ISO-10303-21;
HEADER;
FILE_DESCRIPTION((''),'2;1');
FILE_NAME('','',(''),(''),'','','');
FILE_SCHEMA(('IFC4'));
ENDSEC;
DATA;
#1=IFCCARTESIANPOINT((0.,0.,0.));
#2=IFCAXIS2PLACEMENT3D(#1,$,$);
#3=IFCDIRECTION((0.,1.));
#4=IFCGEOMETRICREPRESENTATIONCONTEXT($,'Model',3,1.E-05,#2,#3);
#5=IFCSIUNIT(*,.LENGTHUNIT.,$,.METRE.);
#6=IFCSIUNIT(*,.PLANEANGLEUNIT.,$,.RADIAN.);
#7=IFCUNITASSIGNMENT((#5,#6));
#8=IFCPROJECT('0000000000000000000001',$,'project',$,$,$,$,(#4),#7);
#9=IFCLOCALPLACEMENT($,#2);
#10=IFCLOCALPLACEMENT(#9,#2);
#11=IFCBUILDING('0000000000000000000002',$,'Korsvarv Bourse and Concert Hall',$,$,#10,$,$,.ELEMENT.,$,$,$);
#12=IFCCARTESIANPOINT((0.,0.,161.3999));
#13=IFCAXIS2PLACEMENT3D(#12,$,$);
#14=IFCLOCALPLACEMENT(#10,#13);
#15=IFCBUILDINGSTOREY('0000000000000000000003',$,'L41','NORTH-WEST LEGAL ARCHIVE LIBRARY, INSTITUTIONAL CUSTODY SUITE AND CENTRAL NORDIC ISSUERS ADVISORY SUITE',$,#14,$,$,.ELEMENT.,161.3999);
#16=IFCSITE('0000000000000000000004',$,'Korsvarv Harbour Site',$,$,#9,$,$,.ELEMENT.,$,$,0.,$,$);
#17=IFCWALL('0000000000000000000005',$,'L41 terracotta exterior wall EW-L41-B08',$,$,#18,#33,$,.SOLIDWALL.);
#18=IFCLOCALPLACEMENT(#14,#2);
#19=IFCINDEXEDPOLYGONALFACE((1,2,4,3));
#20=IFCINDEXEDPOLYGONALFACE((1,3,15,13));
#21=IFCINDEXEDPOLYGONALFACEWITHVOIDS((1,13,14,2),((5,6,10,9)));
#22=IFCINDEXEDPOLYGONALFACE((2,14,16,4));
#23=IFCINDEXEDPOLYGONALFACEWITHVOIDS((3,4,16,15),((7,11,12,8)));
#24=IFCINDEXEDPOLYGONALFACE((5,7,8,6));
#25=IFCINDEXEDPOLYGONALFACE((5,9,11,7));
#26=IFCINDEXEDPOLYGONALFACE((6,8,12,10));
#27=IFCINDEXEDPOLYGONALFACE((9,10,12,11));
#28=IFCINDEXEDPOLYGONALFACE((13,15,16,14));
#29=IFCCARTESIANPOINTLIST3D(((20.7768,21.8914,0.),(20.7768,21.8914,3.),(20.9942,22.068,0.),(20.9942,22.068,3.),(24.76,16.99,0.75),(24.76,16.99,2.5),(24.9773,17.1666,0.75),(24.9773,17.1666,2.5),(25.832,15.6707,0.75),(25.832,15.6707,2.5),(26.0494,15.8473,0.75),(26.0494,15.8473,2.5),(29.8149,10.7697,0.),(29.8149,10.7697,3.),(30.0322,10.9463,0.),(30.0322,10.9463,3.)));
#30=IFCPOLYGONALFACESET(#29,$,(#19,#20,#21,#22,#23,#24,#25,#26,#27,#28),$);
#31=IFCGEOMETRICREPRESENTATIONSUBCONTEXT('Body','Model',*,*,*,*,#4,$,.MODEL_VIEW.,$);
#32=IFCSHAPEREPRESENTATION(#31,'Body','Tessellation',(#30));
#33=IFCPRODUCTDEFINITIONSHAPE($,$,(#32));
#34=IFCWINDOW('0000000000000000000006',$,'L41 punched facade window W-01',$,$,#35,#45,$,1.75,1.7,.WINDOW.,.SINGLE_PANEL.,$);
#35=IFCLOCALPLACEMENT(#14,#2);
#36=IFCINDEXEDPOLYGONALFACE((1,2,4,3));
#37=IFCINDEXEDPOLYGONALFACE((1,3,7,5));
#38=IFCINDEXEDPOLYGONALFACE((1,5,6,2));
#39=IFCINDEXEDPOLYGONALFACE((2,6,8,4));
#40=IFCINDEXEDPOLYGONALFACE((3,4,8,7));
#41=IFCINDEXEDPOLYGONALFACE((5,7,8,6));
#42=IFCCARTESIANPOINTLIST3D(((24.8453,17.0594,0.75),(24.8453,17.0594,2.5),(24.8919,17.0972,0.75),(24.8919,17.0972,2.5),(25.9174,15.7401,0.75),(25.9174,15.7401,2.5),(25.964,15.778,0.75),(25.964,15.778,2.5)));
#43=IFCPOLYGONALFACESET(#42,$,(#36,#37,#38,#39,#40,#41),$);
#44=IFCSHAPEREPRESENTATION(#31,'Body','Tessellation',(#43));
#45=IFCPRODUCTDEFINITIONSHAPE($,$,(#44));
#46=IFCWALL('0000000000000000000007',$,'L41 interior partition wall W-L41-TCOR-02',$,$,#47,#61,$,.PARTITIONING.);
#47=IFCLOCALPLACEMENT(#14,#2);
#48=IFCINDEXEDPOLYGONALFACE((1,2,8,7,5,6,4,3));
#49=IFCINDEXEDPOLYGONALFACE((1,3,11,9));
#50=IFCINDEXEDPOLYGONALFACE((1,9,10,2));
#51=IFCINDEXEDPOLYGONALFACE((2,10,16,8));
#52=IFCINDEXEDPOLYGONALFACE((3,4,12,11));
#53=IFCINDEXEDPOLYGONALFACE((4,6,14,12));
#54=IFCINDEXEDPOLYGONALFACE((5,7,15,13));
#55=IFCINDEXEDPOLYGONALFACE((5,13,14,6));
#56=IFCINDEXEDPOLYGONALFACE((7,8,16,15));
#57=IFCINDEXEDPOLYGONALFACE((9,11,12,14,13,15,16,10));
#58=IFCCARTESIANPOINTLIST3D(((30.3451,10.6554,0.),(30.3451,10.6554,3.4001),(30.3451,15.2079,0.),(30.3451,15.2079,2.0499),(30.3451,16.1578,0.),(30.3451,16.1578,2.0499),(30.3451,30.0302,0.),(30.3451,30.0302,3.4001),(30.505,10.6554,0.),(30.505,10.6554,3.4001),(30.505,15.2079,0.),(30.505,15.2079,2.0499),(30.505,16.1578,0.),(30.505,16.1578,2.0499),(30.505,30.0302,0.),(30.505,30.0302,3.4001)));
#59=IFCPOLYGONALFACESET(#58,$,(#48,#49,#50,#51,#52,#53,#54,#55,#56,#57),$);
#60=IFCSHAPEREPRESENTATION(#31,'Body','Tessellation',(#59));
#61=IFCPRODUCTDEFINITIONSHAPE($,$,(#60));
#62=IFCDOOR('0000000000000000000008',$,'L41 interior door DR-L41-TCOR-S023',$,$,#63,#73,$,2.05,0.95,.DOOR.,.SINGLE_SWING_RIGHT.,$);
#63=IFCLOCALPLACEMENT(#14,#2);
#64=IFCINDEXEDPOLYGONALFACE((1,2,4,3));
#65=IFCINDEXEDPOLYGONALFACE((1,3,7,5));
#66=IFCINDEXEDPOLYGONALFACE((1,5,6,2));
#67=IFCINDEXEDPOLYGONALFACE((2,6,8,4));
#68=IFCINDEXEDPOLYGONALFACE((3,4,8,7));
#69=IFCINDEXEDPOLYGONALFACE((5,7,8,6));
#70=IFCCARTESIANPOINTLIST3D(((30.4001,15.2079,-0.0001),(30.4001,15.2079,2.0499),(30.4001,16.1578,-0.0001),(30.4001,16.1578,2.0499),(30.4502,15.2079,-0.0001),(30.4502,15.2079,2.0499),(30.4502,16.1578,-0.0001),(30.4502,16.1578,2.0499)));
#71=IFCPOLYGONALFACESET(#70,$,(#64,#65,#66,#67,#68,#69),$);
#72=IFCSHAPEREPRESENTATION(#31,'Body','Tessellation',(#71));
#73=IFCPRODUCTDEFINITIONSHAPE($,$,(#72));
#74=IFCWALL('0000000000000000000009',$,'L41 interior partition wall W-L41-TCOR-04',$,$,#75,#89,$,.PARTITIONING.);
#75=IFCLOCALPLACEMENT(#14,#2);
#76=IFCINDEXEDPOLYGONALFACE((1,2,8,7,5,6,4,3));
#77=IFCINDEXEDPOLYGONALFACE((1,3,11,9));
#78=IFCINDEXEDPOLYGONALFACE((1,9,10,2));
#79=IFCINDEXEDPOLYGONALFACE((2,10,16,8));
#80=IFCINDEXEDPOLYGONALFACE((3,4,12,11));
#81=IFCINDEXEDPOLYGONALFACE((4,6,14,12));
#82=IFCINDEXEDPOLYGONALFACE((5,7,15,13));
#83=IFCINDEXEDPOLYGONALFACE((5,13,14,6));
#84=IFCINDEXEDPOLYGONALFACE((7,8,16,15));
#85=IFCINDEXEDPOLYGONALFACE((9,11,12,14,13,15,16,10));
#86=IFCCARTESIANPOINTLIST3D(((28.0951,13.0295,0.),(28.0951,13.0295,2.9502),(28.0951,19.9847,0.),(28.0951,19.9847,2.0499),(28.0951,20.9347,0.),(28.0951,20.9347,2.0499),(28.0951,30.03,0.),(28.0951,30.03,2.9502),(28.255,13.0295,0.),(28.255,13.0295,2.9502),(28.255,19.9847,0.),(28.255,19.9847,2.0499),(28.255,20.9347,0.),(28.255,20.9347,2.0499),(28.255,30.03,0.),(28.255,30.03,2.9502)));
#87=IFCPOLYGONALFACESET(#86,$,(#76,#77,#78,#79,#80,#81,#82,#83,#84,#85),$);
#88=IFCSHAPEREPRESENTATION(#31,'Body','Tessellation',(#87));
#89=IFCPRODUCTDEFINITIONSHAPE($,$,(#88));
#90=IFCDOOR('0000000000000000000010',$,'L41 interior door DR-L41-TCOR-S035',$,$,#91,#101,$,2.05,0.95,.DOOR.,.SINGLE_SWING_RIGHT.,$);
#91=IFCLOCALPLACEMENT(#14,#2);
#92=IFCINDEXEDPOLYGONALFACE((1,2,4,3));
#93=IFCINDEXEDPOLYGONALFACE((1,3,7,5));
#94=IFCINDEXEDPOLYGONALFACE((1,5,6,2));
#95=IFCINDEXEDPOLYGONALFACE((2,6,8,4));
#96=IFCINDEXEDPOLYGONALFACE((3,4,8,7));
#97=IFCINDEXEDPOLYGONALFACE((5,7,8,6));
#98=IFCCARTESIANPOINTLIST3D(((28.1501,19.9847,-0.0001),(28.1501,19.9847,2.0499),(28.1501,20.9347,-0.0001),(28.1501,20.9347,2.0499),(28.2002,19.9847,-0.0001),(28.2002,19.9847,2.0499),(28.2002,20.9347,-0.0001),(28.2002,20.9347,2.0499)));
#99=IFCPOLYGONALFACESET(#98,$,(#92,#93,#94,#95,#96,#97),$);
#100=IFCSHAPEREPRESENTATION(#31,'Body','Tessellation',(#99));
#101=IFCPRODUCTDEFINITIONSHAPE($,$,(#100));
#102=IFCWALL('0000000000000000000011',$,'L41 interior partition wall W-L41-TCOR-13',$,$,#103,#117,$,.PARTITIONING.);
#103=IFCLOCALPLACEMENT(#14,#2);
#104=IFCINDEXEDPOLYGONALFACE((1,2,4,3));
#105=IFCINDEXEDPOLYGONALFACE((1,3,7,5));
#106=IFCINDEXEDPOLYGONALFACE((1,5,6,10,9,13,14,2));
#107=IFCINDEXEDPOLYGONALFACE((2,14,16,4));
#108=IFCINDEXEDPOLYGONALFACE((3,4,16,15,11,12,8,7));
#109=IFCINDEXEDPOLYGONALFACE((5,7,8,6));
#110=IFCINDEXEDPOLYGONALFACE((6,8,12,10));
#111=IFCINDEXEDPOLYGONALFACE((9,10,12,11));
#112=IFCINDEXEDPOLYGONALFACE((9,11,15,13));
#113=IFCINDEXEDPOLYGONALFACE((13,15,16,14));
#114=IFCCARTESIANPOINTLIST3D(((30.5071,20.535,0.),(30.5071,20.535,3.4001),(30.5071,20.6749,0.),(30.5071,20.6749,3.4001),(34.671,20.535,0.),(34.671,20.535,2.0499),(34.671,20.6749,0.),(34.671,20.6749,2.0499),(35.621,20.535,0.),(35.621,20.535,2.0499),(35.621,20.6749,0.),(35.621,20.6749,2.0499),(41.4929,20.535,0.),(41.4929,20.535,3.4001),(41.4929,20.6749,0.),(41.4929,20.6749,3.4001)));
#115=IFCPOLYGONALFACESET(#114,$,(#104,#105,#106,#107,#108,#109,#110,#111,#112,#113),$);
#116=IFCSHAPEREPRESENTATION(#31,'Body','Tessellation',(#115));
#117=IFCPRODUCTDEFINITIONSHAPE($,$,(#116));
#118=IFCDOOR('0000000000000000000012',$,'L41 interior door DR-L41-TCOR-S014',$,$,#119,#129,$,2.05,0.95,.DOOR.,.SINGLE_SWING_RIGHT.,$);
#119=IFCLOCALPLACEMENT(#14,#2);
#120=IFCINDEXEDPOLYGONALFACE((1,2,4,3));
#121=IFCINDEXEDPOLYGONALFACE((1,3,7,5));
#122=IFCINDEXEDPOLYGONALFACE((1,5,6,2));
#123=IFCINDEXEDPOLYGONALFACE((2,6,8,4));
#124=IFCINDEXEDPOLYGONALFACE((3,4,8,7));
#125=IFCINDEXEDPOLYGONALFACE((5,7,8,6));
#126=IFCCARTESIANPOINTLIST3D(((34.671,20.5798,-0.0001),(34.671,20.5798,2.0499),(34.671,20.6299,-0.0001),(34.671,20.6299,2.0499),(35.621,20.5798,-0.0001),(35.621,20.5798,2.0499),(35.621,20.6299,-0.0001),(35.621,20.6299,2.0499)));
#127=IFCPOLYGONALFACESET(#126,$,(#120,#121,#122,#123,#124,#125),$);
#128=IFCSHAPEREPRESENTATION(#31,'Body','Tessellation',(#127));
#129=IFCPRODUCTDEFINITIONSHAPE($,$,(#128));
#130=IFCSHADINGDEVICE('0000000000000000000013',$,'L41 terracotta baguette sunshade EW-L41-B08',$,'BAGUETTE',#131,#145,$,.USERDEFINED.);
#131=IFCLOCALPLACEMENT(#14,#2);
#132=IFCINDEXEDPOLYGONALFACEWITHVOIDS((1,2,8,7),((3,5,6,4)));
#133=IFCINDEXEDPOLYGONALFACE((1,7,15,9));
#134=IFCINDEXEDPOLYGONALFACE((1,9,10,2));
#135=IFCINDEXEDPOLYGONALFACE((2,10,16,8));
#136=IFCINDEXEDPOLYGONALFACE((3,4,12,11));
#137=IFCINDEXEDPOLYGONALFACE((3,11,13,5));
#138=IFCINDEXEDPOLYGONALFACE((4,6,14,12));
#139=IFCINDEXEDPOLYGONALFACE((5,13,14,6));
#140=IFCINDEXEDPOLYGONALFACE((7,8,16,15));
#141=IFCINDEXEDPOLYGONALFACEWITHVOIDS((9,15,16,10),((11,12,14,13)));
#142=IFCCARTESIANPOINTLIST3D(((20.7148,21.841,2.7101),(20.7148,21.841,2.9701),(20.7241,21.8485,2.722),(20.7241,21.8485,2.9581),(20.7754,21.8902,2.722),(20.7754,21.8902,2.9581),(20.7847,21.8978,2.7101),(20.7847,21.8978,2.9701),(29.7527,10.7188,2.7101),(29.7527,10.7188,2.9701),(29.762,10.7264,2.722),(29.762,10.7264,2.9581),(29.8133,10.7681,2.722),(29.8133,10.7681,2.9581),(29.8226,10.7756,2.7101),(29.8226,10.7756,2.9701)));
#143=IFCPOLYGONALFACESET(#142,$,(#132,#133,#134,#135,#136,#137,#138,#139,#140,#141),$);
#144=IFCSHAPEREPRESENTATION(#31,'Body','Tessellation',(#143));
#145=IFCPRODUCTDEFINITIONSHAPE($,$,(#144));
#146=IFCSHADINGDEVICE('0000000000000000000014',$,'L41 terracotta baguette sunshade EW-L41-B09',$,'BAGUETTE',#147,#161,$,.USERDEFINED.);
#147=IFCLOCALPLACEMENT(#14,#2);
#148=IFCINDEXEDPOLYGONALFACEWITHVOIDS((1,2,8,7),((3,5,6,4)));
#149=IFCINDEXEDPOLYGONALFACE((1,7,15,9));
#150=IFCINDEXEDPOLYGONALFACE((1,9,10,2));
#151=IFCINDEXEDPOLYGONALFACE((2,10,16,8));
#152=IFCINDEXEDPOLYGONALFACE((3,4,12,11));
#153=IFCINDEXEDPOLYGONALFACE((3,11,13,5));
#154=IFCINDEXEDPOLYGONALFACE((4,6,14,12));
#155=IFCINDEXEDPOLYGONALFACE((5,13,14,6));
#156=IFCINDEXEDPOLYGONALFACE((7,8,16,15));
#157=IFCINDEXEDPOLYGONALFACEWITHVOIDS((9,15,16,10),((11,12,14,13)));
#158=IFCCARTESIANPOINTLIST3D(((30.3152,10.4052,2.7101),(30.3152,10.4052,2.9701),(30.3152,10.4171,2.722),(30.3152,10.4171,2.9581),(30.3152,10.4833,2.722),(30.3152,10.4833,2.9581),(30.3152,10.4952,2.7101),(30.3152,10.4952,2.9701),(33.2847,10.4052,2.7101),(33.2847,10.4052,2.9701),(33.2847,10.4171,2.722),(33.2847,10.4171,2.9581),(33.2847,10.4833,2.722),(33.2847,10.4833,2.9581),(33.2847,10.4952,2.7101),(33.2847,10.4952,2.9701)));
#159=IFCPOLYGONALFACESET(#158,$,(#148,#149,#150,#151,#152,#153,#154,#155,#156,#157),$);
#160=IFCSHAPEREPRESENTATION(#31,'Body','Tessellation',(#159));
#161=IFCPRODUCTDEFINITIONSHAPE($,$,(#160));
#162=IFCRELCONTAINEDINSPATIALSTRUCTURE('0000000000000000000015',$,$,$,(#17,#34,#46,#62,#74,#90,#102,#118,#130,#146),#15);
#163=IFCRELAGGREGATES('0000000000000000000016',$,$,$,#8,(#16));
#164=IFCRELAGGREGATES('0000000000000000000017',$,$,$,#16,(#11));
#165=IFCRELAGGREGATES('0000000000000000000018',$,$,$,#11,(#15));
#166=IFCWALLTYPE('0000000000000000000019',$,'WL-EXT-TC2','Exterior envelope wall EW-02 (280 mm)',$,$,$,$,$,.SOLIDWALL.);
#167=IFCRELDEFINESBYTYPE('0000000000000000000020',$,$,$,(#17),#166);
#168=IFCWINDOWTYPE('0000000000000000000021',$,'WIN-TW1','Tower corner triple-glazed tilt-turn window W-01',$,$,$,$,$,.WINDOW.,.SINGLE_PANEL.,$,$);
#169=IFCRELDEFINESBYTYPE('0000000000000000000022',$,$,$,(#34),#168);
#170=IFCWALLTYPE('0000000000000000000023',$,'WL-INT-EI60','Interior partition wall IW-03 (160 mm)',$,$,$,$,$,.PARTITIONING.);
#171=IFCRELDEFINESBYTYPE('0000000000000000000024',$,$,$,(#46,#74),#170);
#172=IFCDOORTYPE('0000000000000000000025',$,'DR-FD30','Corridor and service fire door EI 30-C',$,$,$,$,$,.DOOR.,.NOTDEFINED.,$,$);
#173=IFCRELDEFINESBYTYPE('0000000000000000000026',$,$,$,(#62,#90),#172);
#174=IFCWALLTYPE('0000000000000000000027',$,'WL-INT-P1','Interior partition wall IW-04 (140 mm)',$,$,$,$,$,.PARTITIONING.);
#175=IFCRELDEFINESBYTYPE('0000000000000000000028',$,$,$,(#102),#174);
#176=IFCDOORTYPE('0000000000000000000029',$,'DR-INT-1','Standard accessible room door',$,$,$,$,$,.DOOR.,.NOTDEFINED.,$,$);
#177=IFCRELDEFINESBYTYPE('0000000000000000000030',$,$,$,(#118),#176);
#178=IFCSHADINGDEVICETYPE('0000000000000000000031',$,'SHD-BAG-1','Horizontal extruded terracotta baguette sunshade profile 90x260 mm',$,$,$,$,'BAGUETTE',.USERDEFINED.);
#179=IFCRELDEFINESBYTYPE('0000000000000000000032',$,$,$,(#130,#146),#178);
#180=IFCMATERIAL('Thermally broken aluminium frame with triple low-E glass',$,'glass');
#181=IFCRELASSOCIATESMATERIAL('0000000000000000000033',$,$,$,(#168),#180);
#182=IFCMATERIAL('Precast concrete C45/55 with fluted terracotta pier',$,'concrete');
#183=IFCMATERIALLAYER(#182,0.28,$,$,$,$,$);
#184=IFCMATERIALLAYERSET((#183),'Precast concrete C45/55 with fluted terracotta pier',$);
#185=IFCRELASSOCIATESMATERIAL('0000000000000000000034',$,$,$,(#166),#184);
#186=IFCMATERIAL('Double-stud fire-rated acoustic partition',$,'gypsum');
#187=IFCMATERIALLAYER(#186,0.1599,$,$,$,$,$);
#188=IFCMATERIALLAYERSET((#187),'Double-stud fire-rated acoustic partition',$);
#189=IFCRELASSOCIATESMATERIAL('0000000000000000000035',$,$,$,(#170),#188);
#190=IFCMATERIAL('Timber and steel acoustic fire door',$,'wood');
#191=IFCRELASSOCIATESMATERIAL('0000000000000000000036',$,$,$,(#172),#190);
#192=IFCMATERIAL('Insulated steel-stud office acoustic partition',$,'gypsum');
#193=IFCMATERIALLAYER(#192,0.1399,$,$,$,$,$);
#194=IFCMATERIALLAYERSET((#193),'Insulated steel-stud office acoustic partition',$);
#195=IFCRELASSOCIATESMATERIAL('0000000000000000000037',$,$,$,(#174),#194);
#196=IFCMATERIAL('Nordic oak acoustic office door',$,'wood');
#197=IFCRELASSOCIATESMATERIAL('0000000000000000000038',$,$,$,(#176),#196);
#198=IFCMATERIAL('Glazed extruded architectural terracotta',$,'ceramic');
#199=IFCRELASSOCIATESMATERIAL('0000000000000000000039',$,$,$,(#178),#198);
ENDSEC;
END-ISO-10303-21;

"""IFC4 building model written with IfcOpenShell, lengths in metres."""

from ifc_helpers import new_model, si_unit, direction, frame, frame_2d, origin, origin_2d, place, context, subcontext, project, spatial, rectangle, hollow_rectangle, extrude, source, transform, mapped, material, layer, layer_set, material_profile, profile_set, type_object, element, fill, save


model = new_model("IFC4")

# Units and contexts
model_context = context("Model", 3, precision=1e-05, world=origin(), true_north=direction((0.0, 1.0)))
body_context = subcontext(model_context, "Body", "Model", "MODEL_VIEW")
ifc_project = project(units=[si_unit("LENGTHUNIT", "METRE"), si_unit("PLANEANGLEUNIT", "RADIAN")], contexts=[model_context])

# Site, building, storey
site_placement = place(None, origin())
site = spatial("IfcSite", under=ifc_project, at=site_placement, Name="Korsvarv Harbour Site", CompositionType="ELEMENT", RefElevation=0.0)
building_placement = place(site_placement, origin())
building = spatial("IfcBuilding", under=site, at=building_placement, Name="Korsvarv Bourse and Concert Hall", CompositionType="ELEMENT")
storey_placement = place(building_placement, frame((0.0, 0.0, 161.3999)))
storey = spatial("IfcBuildingStorey", under=building, at=storey_placement, Name="L41", Description="NORTH-WEST LEGAL ARCHIVE LIBRARY, INSTITUTIONAL CUSTODY SUITE AND CENTRAL NORDIC ISSUERS ADVISORY SUITE", CompositionType="ELEMENT", Elevation=161.3999)

# Wall, opening, window
ifc_material_1 = material(Name="Thermally broken aluminium frame with triple low-E glass", Category="glass")
window_type = type_object("IfcWindowType", Name="WIN-TW1", Description="Tower corner triple-glazed tilt-turn window W-01", PartitioningType="SINGLE_PANEL", PredefinedType="WINDOW", material=ifc_material_1)
ifc_material_2 = material(Name="Precast concrete C45/55 with fluted terracotta pier", Category="concrete")
ifc_layer_1 = layer(ifc_material_2, 0.28)
ifc_layer_set_1 = layer_set([ifc_layer_1], Name="Precast concrete C45/55 with fluted terracotta pier")
wall_type_1 = type_object("IfcWallType", Name="WL-EXT-TC2", Description="Exterior envelope wall EW-02 (280 mm)", PredefinedType="SOLIDWALL", material=ifc_layer_set_1)
wall_1_placement = place(storey_placement, frame((20.8855, 21.9797, 0.0), z_axis=(0.0, 0.0, 1.0), x_axis=(0.63066, -0.776059, 0.0)))
wall_1 = element("IfcWall", 1, at=wall_1_placement, inside=storey, type_object=wall_type_1, Name="L41 terracotta exterior wall EW-L41-B08", PredefinedType="SOLIDWALL", context=body_context, shape_type="SweptSolid", body=[
    extrude(rectangle(XDim=14.3311, YDim=0.28, at=frame_2d((7.1655, 0.0))), origin(), (0.0, 0.0, 1.0), 3.0),
])
opening_1_placement = place(wall_1_placement, frame((6.3157, 0.0, 0.75)))
opening_1 = element("IfcOpeningElement", 2, at=opening_1_placement, cuts=wall_1, PredefinedType="OPENING", context=body_context, shape_type="SweptSolid", body=[
    extrude(rectangle(XDim=1.7, YDim=1.75, at=frame_2d((0.8501, 0.875))), frame((0.0, 0.1499, 0.0), z_axis=(0.0, -1.0, 0.0), x_axis=(1.0, 0.0, 0.0)), (0.0, 0.0, 1.0), 0.3),
])
window_1_placement = place(opening_1_placement, origin())
window_1 = element("IfcWindow", 3, at=window_1_placement, inside=storey, type_object=window_type, Name="L41 punched facade window W-01", OverallHeight=1.75, OverallWidth=1.7, PartitioningType="SINGLE_PANEL", PredefinedType="WINDOW", context=body_context, shape_type="SweptSolid", body=[
    extrude(rectangle(XDim=1.7, YDim=1.75, at=frame_2d((0.8501, 0.875))), frame((0.0, 0.03, 0.0), z_axis=(0.0, -1.0, 0.0), x_axis=(1.0, 0.0, 0.0)), (0.0, 0.0, 1.0), 0.0601),
])
fill(opening_1, window_1)

# Walls, openings, doors
ifc_material_3 = material(Name="Double-stud fire-rated acoustic partition", Category="gypsum")
ifc_layer_2 = layer(ifc_material_3, 0.1599)
ifc_layer_set_2 = layer_set([ifc_layer_2], Name="Double-stud fire-rated acoustic partition")
wall_type_2 = type_object("IfcWallType", Name="WL-INT-EI60", Description="Interior partition wall IW-03 (160 mm)", PredefinedType="PARTITIONING", material=ifc_layer_set_2)
wall_2_placement = place(storey_placement, frame((30.425, 10.6553, 0.0), z_axis=(0.0, 0.0, 1.0), x_axis=(0.0, 1.0, 0.0)))
wall_2 = element("IfcWall", 4, at=wall_2_placement, inside=storey, type_object=wall_type_2, Name="L41 interior partition wall W-L41-TCOR-02", PredefinedType="PARTITIONING", context=body_context, shape_type="SweptSolid", body=[
    extrude(rectangle(XDim=19.3748, YDim=0.1599, at=frame_2d((9.6875, 0.0))), origin(), (0.0, 0.0, 1.0), 3.4001),
])
opening_2_placement = place(wall_2_placement, frame((4.5525, 0.0, 0.0)))
opening_2 = element("IfcOpeningElement", 5, at=opening_2_placement, cuts=wall_2, PredefinedType="OPENING", context=body_context, shape_type="SweptSolid", body=[
    extrude(rectangle(XDim=0.95, YDim=2.05, at=frame_2d((0.4751, 1.0249))), frame((0.0, 0.0898, 0.0), z_axis=(0.0, -1.0, 0.0), x_axis=(1.0, 0.0, 0.0)), (0.0, 0.0, 1.0), 0.1799),
])
ifc_material_4 = material(Name="Timber and steel acoustic fire door", Category="wood")
door_type_1 = type_object("IfcDoorType", Name="DR-FD30", Description="Corridor and service fire door EI 30-C", OperationType="NOTDEFINED", PredefinedType="DOOR", material=ifc_material_4)
door_1_placement = place(opening_2_placement, origin())
door_1 = element("IfcDoor", 6, at=door_1_placement, inside=storey, type_object=door_type_1, Name="L41 interior door DR-L41-TCOR-S023", OperationType="SINGLE_SWING_RIGHT", OverallHeight=2.05, OverallWidth=0.95, PredefinedType="DOOR", context=body_context, shape_type="SweptSolid", body=[
    extrude(rectangle(XDim=0.95, YDim=2.05, at=frame_2d((0.4751, 1.0249))), frame((0.0, 0.0249, 0.0), z_axis=(0.0, -1.0, 0.0), x_axis=(1.0, 0.0, 0.0)), (0.0, 0.0, 1.0), 0.05),
])
fill(opening_2, door_1)
wall_3_placement = place(storey_placement, frame((28.175, 13.0295, 0.0), z_axis=(0.0, 0.0, 1.0), x_axis=(0.0, 1.0, 0.0)))
wall_3 = element("IfcWall", 7, at=wall_3_placement, inside=storey, type_object=wall_type_2, Name="L41 interior partition wall W-L41-TCOR-04", PredefinedType="PARTITIONING", context=body_context, shape_type="SweptSolid", body=[
    extrude(rectangle(XDim=17.0005, YDim=0.1599, at=frame_2d((8.5002, 0.0))), origin(), (0.0, 0.0, 1.0), 2.9502),
])
opening_3_placement = place(wall_3_placement, frame((6.9551, 0.0, 0.0)))
opening_3 = element("IfcOpeningElement", 8, at=opening_3_placement, cuts=wall_3, PredefinedType="OPENING", context=body_context, shape_type="SweptSolid", body=[
    extrude(rectangle(XDim=0.95, YDim=2.05, at=frame_2d((0.4751, 1.0249))), frame((0.0, 0.0898, 0.0), z_axis=(0.0, -1.0, 0.0), x_axis=(1.0, 0.0, 0.0)), (0.0, 0.0, 1.0), 0.1799),
])
door_2_placement = place(opening_3_placement, origin())
door_2 = element("IfcDoor", 9, at=door_2_placement, inside=storey, type_object=door_type_1, Name="L41 interior door DR-L41-TCOR-S035", OperationType="SINGLE_SWING_RIGHT", OverallHeight=2.05, OverallWidth=0.95, PredefinedType="DOOR", context=body_context, shape_type="SweptSolid", body=[
    extrude(rectangle(XDim=0.95, YDim=2.05, at=frame_2d((0.4751, 1.0249))), frame((0.0, 0.0249, 0.0), z_axis=(0.0, -1.0, 0.0), x_axis=(1.0, 0.0, 0.0)), (0.0, 0.0, 1.0), 0.05),
])
fill(opening_3, door_2)
ifc_material_5 = material(Name="Insulated steel-stud office acoustic partition", Category="gypsum")
ifc_layer_3 = layer(ifc_material_5, 0.1399)
ifc_layer_set_3 = layer_set([ifc_layer_3], Name="Insulated steel-stud office acoustic partition")
wall_type_3 = type_object("IfcWallType", Name="WL-INT-P1", Description="Interior partition wall IW-04 (140 mm)", PredefinedType="PARTITIONING", material=ifc_layer_set_3)
wall_4_placement = place(storey_placement, frame((30.5071, 20.605, 0.0), z_axis=(0.0, 0.0, 1.0), x_axis=(1.0, 0.0, 0.0)))
wall_4 = element("IfcWall", 10, at=wall_4_placement, inside=storey, type_object=wall_type_3, Name="L41 interior partition wall W-L41-TCOR-13", PredefinedType="PARTITIONING", context=body_context, shape_type="SweptSolid", body=[
    extrude(rectangle(XDim=10.9858, YDim=0.1399, at=frame_2d((5.4929, 0.0))), origin(), (0.0, 0.0, 1.0), 3.4001),
])
opening_4_placement = place(wall_4_placement, frame((4.1638, 0.0, 0.0)))
opening_4 = element("IfcOpeningElement", 11, at=opening_4_placement, cuts=wall_4, PredefinedType="OPENING", context=body_context, shape_type="SweptSolid", body=[
    extrude(rectangle(XDim=0.95, YDim=2.05, at=frame_2d((0.4751, 1.0249))), frame((0.0, 0.0801, 0.0), z_axis=(0.0, -1.0, 0.0), x_axis=(1.0, 0.0, 0.0)), (0.0, 0.0, 1.0), 0.1599),
])
ifc_material_6 = material(Name="Nordic oak acoustic office door", Category="wood")
door_type_2 = type_object("IfcDoorType", Name="DR-INT-1", Description="Standard accessible room door", OperationType="NOTDEFINED", PredefinedType="DOOR", material=ifc_material_6)
door_3_placement = place(opening_4_placement, origin())
door_3 = element("IfcDoor", 12, at=door_3_placement, inside=storey, type_object=door_type_2, Name="L41 interior door DR-L41-TCOR-S014", OperationType="SINGLE_SWING_RIGHT", OverallHeight=2.05, OverallWidth=0.95, PredefinedType="DOOR", context=body_context, shape_type="SweptSolid", body=[
    extrude(rectangle(XDim=0.95, YDim=2.05, at=frame_2d((0.4751, 1.0249))), frame((0.0, 0.0249, 0.0), z_axis=(0.0, -1.0, 0.0), x_axis=(1.0, 0.0, 0.0)), (0.0, 0.0, 1.0), 0.05),
])
fill(opening_4, door_3)

# Shading devices
ifc_material_7 = material(Name="Glazed extruded architectural terracotta", Category="ceramic")
ifc_material_profile_1 = material_profile(ifc_material_7, hollow_rectangle(XDim=0.0901, YDim=0.26, WallThickness=0.012, at=origin_2d()), Name="TC-BAG 90x260")
ifc_profile_set_1 = profile_set([ifc_material_profile_1], Name="Glazed extruded architectural terracotta")
shading_device_type = type_object("IfcShadingDeviceType", Name="SHD-BAG-1", Description="Horizontal extruded terracotta baguette sunshade profile 90x260 mm", ElementType="BAGUETTE", PredefinedType="USERDEFINED", material=ifc_profile_set_1)
shared_shape_1 = source(origin(), body_context, "Body", "SweptSolid", [
    extrude(hollow_rectangle(XDim=0.0901, YDim=0.26, WallThickness=0.012, at=origin_2d()), origin(), (0.0, 0.0, 1.0), 14.3313),
])
shading_device_1_placement = place(storey_placement, frame((20.7498, 21.8694, 2.8401), z_axis=(0.630641, -0.776074, 0.0), x_axis=(0.776074, 0.630641, 0.0)))
element("IfcShadingDevice", 13, at=shading_device_1_placement, inside=storey, type_object=shading_device_type, Name="L41 terracotta baguette sunshade EW-L41-B08", ObjectType="BAGUETTE", PredefinedType="USERDEFINED", context=body_context, shape_type="MappedRepresentation", body=[
    mapped(shared_shape_1, transform((0.0, 0.0, 0.0), scale=1.0)),
])
shared_shape_2 = source(origin(), body_context, "Body", "SweptSolid", [
    extrude(hollow_rectangle(XDim=0.0901, YDim=0.26, WallThickness=0.012, at=origin_2d()), origin(), (0.0, 0.0, 1.0), 2.9695),
])
shading_device_2_placement = place(storey_placement, frame((30.3152, 10.4502, 2.8401), z_axis=(1.0, 0.0, 0.0), x_axis=(0.0, 1.0, 0.0)))
element("IfcShadingDevice", 14, at=shading_device_2_placement, inside=storey, type_object=shading_device_type, Name="L41 terracotta baguette sunshade EW-L41-B09", ObjectType="BAGUETTE", PredefinedType="USERDEFINED", context=body_context, shape_type="MappedRepresentation", body=[
    mapped(shared_shape_2, transform((0.0, 0.0, 0.0), scale=1.0)),
])

save(model, "model.ifc")
